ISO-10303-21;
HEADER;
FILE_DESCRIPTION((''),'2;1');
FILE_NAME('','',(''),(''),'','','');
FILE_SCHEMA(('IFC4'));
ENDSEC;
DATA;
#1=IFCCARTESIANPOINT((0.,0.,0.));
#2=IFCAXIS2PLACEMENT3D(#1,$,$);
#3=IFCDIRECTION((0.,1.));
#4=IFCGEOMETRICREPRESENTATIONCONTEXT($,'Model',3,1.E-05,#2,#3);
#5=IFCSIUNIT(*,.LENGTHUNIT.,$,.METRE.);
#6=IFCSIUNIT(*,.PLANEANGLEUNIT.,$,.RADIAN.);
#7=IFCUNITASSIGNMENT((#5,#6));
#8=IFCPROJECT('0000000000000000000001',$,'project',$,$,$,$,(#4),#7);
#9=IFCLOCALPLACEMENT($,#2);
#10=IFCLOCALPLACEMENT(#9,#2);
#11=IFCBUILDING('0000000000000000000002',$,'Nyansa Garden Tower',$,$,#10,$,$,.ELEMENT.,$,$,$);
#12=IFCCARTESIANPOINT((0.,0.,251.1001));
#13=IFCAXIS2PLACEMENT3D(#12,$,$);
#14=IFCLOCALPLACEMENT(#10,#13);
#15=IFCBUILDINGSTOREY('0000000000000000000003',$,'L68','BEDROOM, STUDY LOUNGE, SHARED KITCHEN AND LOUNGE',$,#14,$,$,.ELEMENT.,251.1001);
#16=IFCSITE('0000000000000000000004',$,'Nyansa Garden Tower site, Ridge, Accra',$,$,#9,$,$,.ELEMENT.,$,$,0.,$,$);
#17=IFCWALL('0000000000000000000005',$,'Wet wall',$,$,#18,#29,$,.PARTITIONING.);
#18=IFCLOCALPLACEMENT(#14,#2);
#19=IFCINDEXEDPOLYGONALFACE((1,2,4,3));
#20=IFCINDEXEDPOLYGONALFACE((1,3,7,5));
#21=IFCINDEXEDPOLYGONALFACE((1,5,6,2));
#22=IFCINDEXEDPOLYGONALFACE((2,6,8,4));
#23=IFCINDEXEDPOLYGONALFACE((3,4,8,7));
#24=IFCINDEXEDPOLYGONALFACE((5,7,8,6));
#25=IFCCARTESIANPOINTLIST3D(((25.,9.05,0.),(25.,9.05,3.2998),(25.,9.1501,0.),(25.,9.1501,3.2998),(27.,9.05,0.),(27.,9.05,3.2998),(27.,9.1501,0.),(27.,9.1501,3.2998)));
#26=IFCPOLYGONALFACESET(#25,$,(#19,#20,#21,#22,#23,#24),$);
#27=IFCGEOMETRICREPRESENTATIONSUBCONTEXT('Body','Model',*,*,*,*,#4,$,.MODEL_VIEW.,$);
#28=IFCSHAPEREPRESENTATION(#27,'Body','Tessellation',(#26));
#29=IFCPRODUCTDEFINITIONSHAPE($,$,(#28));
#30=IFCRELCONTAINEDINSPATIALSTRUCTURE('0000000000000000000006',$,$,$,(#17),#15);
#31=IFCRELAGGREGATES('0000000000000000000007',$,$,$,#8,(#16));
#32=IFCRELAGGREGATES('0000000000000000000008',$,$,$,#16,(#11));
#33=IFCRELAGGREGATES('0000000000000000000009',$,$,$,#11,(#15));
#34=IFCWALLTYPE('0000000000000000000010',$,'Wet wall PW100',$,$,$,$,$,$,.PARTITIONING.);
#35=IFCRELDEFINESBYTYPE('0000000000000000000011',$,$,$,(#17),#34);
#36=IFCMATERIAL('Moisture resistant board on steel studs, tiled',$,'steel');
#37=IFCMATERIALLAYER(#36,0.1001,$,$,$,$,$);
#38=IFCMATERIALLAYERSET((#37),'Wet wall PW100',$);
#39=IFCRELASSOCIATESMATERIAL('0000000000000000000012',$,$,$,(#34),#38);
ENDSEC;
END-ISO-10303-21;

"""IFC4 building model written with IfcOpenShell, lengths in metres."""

from ifc_helpers import new_model, si_unit, direction, frame, frame_2d, origin, place, context, subcontext, project, spatial, rectangle, extrude, material, layer, layer_set, type_object, element, save


model = new_model("IFC4")

# Units and contexts
model_context = context("Model", 3, precision=1e-05, world=origin(), true_north=direction((0.0, 1.0)))
body_context = subcontext(model_context, "Body", "Model", "MODEL_VIEW")
ifc_project = project(units=[si_unit("LENGTHUNIT", "METRE"), si_unit("PLANEANGLEUNIT", "RADIAN")], contexts=[model_context])

# Site, building, storey
site_placement = place(None, origin())
site = spatial("IfcSite", under=ifc_project, at=site_placement, Name="Nyansa Garden Tower site, Ridge, Accra", CompositionType="ELEMENT", RefElevation=0.0)
building_placement = place(site_placement, origin())
building = spatial("IfcBuilding", under=site, at=building_placement, Name="Nyansa Garden Tower", CompositionType="ELEMENT")
storey_placement = place(building_placement, frame((0.0, 0.0, 251.1001)))
storey = spatial("IfcBuildingStorey", under=building, at=storey_placement, Name="L68", Description="BEDROOM, STUDY LOUNGE, SHARED KITCHEN AND LOUNGE", CompositionType="ELEMENT", Elevation=251.1001)

# Shared definitions
ifc_material_1 = material(Name="Moisture resistant board on steel studs, tiled", Category="steel")
ifc_layer_1 = layer(ifc_material_1, 0.1001)
ifc_layer_set_1 = layer_set([ifc_layer_1], Name="Wet wall PW100")
wall_type_1 = type_object("IfcWallType", Name="Wet wall PW100", PredefinedType="PARTITIONING", material=ifc_layer_set_1)

# Wall
wall_1_placement = place(storey_placement, frame((25.0, 9.1001, 0.0), z_axis=(0.0, 0.0, 1.0), x_axis=(1.0, 0.0, 0.0)))
element("IfcWall", 1, at=wall_1_placement, inside=storey, type_object=wall_type_1, Name="Wet wall", PredefinedType="PARTITIONING", context=body_context, shape_type="SweptSolid", body=[
    extrude(rectangle(XDim=2.0, YDim=0.1001, at=frame_2d((1.0, 0.0))), origin(), (0.0, 0.0, 1.0), 3.2998),
])

save(model, "model.ifc")
